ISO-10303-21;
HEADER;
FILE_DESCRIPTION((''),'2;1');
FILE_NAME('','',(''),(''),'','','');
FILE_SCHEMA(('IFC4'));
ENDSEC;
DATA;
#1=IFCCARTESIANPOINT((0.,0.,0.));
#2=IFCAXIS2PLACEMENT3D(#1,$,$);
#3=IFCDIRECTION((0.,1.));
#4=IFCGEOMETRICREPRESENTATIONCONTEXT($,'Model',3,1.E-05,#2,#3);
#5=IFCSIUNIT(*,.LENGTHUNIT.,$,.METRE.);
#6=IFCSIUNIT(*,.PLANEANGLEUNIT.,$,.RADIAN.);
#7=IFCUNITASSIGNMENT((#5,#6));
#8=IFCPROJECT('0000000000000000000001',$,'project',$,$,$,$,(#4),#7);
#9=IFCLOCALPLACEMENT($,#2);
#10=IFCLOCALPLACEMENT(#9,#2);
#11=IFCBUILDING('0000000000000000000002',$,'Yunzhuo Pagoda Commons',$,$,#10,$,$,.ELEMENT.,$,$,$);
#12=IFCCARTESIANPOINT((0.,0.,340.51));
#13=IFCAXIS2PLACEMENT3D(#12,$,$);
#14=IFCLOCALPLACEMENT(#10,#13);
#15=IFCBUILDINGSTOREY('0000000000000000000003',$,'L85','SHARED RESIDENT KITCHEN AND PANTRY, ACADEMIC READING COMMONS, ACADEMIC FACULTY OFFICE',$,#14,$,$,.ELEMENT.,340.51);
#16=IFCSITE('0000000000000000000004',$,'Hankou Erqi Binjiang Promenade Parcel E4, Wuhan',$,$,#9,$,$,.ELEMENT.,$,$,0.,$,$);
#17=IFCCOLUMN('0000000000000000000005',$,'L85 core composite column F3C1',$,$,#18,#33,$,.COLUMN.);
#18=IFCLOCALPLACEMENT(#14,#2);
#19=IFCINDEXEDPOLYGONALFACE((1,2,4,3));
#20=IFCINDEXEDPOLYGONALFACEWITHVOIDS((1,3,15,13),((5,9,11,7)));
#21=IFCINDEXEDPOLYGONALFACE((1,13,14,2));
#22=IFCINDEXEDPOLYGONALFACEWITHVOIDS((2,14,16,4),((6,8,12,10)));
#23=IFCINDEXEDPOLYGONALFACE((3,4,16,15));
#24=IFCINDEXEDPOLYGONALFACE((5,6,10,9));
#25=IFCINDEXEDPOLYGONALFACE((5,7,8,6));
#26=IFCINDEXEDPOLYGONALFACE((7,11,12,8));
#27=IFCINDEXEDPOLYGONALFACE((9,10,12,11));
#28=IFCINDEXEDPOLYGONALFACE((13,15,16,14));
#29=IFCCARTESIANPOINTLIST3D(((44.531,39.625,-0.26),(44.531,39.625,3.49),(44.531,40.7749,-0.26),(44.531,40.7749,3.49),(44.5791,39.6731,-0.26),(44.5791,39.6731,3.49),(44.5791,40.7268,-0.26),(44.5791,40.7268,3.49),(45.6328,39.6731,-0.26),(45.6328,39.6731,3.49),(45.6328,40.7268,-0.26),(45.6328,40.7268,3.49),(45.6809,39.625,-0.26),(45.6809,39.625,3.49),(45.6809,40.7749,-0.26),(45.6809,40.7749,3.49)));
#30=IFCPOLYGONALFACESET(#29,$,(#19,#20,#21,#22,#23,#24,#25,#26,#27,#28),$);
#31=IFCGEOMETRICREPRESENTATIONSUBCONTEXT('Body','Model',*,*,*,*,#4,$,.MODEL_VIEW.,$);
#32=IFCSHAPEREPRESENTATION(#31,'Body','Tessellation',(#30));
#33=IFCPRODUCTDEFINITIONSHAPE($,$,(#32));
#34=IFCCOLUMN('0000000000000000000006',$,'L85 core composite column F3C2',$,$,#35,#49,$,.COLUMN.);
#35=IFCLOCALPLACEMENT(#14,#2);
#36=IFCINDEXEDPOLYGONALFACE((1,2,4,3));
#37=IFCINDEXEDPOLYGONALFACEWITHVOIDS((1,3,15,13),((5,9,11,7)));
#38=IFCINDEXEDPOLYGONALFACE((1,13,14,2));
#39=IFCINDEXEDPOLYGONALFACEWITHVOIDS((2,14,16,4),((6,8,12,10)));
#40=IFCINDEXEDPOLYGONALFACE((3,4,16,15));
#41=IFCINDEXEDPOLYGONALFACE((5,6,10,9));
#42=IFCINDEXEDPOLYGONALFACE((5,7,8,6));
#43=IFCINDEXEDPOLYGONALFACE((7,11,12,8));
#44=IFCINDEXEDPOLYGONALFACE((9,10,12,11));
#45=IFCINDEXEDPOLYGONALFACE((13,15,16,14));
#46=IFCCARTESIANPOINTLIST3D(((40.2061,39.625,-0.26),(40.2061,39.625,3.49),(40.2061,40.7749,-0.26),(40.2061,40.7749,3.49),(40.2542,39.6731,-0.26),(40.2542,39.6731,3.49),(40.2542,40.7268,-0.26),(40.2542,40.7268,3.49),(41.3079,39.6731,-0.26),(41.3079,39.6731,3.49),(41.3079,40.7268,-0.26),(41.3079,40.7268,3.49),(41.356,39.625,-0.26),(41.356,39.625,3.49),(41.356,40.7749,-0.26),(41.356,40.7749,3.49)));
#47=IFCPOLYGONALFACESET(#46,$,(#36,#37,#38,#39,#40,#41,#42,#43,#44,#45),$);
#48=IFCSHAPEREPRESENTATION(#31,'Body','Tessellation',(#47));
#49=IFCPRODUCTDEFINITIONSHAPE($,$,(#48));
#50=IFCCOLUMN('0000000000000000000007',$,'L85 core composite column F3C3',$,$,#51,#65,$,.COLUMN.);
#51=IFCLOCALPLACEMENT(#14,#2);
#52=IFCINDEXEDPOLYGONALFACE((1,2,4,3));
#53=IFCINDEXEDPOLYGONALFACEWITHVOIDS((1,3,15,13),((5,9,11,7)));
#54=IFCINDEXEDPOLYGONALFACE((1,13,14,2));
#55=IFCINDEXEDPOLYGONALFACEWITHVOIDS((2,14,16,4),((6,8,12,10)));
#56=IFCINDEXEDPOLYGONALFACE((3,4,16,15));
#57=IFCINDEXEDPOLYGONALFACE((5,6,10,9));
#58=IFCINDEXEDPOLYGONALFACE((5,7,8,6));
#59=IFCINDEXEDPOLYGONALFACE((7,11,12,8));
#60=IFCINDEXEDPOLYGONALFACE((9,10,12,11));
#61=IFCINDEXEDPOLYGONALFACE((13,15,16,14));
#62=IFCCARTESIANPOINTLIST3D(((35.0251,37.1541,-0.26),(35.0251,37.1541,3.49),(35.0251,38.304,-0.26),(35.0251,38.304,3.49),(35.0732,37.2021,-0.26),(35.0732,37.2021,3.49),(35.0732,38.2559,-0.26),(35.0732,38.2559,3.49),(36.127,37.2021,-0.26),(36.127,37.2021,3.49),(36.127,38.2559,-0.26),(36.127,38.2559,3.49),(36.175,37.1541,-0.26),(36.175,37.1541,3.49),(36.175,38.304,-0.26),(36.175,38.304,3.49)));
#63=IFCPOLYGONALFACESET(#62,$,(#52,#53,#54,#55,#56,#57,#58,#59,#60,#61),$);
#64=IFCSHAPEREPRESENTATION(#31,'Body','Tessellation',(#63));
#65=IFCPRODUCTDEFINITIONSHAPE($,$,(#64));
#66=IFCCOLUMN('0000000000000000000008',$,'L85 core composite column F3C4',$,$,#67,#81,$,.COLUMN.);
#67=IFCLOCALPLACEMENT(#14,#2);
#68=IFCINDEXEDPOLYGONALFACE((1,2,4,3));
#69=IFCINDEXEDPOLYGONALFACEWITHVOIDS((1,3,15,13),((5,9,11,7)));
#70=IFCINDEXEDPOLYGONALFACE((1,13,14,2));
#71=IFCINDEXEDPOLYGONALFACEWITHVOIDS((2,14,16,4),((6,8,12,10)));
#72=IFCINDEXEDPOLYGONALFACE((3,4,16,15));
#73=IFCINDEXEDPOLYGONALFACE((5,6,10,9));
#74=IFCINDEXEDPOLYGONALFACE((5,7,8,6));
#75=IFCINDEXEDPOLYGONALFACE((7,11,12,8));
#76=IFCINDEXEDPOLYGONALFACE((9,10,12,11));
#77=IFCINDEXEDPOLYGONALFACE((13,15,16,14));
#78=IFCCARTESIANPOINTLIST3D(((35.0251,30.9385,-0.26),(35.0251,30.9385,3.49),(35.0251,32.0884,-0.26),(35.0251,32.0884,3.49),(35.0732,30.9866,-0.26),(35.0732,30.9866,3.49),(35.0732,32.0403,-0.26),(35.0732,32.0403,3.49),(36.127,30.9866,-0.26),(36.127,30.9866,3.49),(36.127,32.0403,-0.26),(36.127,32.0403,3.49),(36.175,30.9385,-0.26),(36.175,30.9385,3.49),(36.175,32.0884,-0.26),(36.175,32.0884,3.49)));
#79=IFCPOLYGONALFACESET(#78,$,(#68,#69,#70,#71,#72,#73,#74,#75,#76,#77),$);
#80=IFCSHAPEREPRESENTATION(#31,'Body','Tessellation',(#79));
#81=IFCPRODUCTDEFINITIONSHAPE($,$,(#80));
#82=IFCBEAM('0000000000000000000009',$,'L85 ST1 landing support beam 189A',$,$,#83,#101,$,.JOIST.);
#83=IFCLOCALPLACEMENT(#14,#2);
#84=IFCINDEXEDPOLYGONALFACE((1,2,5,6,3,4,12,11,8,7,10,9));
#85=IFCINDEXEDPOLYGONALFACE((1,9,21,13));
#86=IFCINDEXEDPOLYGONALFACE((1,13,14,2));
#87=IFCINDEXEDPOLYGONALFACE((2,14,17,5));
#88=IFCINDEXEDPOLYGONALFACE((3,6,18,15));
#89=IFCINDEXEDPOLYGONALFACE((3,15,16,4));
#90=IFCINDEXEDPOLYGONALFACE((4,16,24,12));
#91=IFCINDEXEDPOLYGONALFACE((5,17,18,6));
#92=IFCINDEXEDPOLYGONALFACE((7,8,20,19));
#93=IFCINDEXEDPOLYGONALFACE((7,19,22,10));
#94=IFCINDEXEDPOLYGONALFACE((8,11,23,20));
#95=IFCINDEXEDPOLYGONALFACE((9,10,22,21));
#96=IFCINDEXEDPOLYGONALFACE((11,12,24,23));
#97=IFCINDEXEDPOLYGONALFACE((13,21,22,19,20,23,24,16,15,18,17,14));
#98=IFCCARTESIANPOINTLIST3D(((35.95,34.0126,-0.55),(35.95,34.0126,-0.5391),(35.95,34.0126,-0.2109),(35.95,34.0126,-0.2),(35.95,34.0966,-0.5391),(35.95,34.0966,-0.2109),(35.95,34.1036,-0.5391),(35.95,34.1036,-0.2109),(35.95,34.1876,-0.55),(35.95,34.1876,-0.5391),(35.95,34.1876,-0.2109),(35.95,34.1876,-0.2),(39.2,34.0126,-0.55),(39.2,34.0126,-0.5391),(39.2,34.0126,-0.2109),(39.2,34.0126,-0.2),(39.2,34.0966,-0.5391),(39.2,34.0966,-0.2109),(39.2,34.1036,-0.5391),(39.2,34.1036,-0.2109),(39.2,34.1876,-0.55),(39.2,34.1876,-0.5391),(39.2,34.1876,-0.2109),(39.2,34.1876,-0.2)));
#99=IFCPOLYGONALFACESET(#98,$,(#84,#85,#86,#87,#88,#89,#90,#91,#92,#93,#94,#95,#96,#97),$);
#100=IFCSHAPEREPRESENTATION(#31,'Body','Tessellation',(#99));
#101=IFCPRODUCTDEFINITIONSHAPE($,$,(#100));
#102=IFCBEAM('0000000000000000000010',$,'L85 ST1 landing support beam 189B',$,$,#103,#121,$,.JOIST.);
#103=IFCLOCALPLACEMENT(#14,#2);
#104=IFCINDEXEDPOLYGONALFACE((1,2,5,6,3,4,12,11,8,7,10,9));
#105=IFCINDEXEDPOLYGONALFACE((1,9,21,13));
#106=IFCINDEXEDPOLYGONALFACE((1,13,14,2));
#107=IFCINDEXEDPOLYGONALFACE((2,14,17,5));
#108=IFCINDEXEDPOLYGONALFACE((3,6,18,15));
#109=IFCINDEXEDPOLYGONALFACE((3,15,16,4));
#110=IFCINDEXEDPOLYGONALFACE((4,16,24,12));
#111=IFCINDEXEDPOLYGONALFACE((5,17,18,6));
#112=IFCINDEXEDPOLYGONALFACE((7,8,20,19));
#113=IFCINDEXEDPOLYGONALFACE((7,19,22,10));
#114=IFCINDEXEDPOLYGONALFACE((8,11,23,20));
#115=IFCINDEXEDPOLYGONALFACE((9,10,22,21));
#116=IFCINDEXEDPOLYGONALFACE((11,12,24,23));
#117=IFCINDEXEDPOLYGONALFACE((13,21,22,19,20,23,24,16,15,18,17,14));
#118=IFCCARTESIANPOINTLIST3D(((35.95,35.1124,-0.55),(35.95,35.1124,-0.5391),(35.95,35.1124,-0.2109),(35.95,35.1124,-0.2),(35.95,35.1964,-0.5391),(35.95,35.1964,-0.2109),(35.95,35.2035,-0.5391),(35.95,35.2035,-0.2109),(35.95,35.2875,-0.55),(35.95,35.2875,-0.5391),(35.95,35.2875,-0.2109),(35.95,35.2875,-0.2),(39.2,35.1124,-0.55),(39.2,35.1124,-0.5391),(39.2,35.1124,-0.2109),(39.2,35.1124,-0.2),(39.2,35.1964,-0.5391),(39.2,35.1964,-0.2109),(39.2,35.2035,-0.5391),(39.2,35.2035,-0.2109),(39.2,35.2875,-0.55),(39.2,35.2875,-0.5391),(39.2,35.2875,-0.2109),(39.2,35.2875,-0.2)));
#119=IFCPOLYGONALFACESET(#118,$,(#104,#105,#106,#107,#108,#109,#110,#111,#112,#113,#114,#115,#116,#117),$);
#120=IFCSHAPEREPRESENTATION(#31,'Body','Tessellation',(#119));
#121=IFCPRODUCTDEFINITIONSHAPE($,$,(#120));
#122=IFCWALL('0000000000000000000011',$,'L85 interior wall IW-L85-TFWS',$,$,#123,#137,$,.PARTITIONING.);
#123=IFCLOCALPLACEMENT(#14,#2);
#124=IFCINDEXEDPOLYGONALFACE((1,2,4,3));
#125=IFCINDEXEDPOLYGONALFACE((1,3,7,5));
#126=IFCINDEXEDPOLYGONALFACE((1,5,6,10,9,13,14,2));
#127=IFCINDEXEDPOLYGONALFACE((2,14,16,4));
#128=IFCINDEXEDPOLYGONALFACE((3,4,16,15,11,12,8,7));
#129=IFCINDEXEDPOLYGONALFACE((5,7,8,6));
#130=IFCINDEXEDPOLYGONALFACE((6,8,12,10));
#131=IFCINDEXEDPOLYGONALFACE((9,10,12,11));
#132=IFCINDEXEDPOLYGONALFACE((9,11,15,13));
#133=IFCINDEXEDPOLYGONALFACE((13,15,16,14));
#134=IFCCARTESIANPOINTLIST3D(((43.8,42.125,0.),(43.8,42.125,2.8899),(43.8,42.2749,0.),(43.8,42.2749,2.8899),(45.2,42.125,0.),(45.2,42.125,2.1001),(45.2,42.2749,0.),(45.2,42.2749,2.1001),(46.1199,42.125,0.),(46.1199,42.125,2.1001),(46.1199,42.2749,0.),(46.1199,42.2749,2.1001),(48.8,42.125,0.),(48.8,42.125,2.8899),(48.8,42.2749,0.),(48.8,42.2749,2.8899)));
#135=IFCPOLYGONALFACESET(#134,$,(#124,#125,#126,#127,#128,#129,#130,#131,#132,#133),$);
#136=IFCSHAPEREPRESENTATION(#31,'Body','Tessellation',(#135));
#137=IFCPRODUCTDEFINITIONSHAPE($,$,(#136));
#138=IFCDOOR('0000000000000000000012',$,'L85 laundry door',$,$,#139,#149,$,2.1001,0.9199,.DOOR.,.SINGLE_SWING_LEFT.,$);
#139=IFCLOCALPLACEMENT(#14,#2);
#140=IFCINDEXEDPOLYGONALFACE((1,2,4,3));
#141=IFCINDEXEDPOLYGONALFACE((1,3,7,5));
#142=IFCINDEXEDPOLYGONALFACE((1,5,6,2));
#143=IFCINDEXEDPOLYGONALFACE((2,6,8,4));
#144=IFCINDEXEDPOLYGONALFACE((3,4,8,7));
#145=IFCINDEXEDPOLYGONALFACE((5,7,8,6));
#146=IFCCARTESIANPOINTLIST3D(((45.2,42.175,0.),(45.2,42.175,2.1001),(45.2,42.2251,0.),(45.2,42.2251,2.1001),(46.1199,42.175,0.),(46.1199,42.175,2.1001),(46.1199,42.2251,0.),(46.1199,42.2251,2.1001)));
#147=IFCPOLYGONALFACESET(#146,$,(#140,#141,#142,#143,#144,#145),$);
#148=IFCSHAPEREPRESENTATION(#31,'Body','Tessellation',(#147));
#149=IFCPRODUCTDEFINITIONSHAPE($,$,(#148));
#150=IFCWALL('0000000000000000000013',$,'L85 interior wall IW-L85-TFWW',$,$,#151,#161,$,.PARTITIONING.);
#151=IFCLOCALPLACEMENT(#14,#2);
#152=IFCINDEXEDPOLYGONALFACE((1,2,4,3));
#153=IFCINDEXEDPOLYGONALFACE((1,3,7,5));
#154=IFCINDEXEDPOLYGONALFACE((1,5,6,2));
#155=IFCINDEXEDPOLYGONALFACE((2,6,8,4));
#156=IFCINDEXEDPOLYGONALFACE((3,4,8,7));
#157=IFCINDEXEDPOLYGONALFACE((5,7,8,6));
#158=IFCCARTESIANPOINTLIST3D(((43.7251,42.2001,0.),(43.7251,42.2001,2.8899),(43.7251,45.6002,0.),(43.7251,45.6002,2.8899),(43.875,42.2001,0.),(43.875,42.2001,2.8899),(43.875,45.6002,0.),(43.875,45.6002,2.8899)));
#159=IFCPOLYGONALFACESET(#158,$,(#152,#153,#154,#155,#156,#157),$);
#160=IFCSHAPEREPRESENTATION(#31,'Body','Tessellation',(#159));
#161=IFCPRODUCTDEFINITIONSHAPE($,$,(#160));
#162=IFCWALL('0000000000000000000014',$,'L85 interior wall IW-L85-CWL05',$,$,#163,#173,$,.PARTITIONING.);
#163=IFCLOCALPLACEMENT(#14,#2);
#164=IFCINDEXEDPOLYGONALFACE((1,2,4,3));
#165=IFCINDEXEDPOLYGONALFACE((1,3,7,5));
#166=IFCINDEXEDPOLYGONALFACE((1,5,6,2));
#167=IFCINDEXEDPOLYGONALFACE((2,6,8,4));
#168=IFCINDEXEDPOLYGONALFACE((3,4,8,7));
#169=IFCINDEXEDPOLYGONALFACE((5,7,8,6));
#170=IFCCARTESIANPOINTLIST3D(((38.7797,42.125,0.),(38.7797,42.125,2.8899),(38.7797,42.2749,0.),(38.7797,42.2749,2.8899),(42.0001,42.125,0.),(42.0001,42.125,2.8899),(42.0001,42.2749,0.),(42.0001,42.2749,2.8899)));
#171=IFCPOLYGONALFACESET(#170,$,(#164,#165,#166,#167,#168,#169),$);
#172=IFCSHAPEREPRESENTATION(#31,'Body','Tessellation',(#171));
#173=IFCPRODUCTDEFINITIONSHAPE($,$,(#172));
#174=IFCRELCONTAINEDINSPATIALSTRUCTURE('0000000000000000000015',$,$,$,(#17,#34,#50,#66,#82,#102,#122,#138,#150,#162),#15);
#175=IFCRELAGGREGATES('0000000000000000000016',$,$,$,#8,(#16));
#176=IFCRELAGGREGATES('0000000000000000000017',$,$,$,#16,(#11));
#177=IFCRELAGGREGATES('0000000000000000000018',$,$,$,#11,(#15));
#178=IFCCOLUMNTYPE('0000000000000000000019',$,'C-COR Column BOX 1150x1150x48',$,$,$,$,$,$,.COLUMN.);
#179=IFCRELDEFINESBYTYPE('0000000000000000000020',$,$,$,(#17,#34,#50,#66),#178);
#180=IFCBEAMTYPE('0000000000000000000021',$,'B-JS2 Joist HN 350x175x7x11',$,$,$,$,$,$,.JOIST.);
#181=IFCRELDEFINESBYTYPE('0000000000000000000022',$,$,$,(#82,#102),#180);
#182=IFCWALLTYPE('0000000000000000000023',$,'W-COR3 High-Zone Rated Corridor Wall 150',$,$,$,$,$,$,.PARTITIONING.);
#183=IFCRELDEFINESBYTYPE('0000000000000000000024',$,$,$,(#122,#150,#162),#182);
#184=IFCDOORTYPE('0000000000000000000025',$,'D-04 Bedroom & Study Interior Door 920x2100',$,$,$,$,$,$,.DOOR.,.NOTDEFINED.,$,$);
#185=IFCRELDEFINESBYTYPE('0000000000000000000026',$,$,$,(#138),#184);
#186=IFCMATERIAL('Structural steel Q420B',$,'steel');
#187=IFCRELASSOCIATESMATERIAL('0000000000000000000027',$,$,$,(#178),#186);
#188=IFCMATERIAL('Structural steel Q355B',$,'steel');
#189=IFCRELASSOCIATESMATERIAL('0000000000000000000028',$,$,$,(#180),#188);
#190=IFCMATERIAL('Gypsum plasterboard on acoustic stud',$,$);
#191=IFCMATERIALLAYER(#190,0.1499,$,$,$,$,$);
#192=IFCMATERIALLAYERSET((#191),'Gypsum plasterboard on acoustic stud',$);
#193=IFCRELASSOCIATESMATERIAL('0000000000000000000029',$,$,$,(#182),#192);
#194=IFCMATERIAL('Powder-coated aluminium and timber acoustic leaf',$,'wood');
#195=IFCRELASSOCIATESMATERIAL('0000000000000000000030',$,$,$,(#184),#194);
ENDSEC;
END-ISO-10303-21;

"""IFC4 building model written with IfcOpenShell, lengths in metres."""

from ifc_helpers import new_model, si_unit, direction, frame, frame_2d, origin, origin_2d, place, context, subcontext, project, spatial, rectangle, hollow_rectangle, i_section, extrude, source, transform, mapped, material, layer, layer_set, material_profile, profile_set, type_object, element, fill, save


model = new_model("IFC4")

# Units and contexts
model_context = context("Model", 3, precision=1e-05, world=origin(), true_north=direction((0.0, 1.0)))
body_context = subcontext(model_context, "Body", "Model", "MODEL_VIEW")
ifc_project = project(units=[si_unit("LENGTHUNIT", "METRE"), si_unit("PLANEANGLEUNIT", "RADIAN")], contexts=[model_context])

# Site, building, storey
site_placement = place(None, origin())
site = spatial("IfcSite", under=ifc_project, at=site_placement, Name="Hankou Erqi Binjiang Promenade Parcel E4, Wuhan", CompositionType="ELEMENT", RefElevation=0.0)
building_placement = place(site_placement, origin())
building = spatial("IfcBuilding", under=site, at=building_placement, Name="Yunzhuo Pagoda Commons", CompositionType="ELEMENT")
storey_placement = place(building_placement, frame((0.0, 0.0, 340.51)))
storey = spatial("IfcBuildingStorey", under=building, at=storey_placement, Name="L85", Description="SHARED RESIDENT KITCHEN AND PANTRY, ACADEMIC READING COMMONS, ACADEMIC FACULTY OFFICE", CompositionType="ELEMENT", Elevation=340.51)

# Columns
ifc_material_1 = material(Name="Structural steel Q420B", Category="steel")
ifc_material_profile_1 = material_profile(ifc_material_1, hollow_rectangle(XDim=1.1499, YDim=1.1499, WallThickness=0.0481, at=origin_2d()), Name="Structural steel Q420B")
ifc_profile_set_1 = profile_set([ifc_material_profile_1], Name="Structural steel Q420B")
column_type = type_object("IfcColumnType", Name="C-COR Column BOX 1150x1150x48", PredefinedType="COLUMN", material=ifc_profile_set_1)
shared_shape_1 = source(origin(), body_context, "Body", "SweptSolid", [
    extrude(hollow_rectangle(XDim=1.1499, YDim=1.1499, WallThickness=0.0481, at=origin_2d()), origin(), (0.0, 0.0, 1.0), 3.75),
])
for number, where, z_axis, x_axis, name in (
    (1, (45.106, 40.2, -0.26), (0.0, 0.0, 1.0), (1.0, 0.0, 0.0), "L85 core composite column F3C1"),
    (2, (40.781, 40.2, -0.26), (0.0, 0.0, 1.0), (1.0, 0.0, 0.0), "L85 core composite column F3C2"),
    (3, (35.6001, 37.729, -0.26), (0.0, 0.0, 1.0), (1.0, 0.0, 0.0), "L85 core composite column F3C3"),
    (4, (35.6001, 31.5134, -0.26), (0.0, 0.0, 1.0), (1.0, 0.0, 0.0), "L85 core composite column F3C4"),
):
    element("IfcColumn", number, at=place(storey_placement, frame(where, z_axis=z_axis, x_axis=x_axis)), inside=storey, type_object=column_type, Name=name, PredefinedType="COLUMN", context=body_context, shape_type="MappedRepresentation", body=[
        mapped(shared_shape_1, transform((0.0, 0.0, 0.0), scale=1.0)),
    ])

# Beams
ifc_material_2 = material(Name="Structural steel Q355B", Category="steel")
ifc_material_profile_2 = material_profile(ifc_material_2, i_section(OverallWidth=0.175, OverallDepth=0.3501, WebThickness=0.0071, FlangeThickness=0.011, at=origin_2d()), Name="Structural steel Q355B")
ifc_profile_set_2 = profile_set([ifc_material_profile_2], Name="Structural steel Q355B")
beam_type = type_object("IfcBeamType", Name="B-JS2 Joist HN 350x175x7x11", PredefinedType="JOIST", material=ifc_profile_set_2)
shared_shape_2 = source(origin(), body_context, "Body", "SweptSolid", [
    extrude(i_section(OverallWidth=0.175, OverallDepth=0.3501, WebThickness=0.0071, FlangeThickness=0.011, at=origin_2d()), origin(), (0.0, 0.0, 1.0), 3.25),
])
for number, where, z_axis, x_axis, name in (
    (5, (35.95, 34.1001, -0.375), (1.0, 0.0, 0.0), (0.0, 1.0, 0.0), "L85 ST1 landing support beam 189A"),
    (6, (35.95, 35.2, -0.375), (1.0, 0.0, 0.0), (0.0, 1.0, 0.0), "L85 ST1 landing support beam 189B"),
):
    element("IfcBeam", number, at=place(storey_placement, frame(where, z_axis=z_axis, x_axis=x_axis)), inside=storey, type_object=beam_type, Name=name, PredefinedType="JOIST", context=body_context, shape_type="MappedRepresentation", body=[
        mapped(shared_shape_2, transform((0.0, 0.0, 0.0), scale=1.0)),
    ])

# Wall, opening, door
ifc_material_3 = material(Name="Gypsum plasterboard on acoustic stud")
ifc_layer_1 = layer(ifc_material_3, 0.1499)
ifc_layer_set_1 = layer_set([ifc_layer_1], Name="Gypsum plasterboard on acoustic stud")
wall_type_1 = type_object("IfcWallType", Name="W-COR3 High-Zone Rated Corridor Wall 150", PredefinedType="PARTITIONING", material=ifc_layer_set_1)
wall_1_placement = place(storey_placement, frame((43.8, 42.2, 0.0), z_axis=(0.0, 0.0, 1.0), x_axis=(1.0, 0.0, 0.0)))
wall_1 = element("IfcWall", 7, at=wall_1_placement, inside=storey, type_object=wall_type_1, Name="L85 interior wall IW-L85-TFWS", PredefinedType="PARTITIONING", context=body_context, shape_type="SweptSolid", body=[
    extrude(rectangle(XDim=5.0, YDim=0.1499, at=frame_2d((2.5, 0.0))), origin(), (0.0, 0.0, 1.0), 2.8899),
])
opening_1_placement = place(wall_1_placement, frame((1.3999, 0.0, 0.0)))
opening_1 = element("IfcOpeningElement", 8, at=opening_1_placement, cuts=wall_1, PredefinedType="OPENING", context=body_context, shape_type="SweptSolid", body=[
    extrude(rectangle(XDim=0.9199, YDim=2.1001, at=frame_2d((0.46, 1.05))), frame((0.0, 0.085, 0.0), z_axis=(0.0, -1.0, 0.0), x_axis=(1.0, 0.0, 0.0)), (0.0, 0.0, 1.0), 0.1699),
])
ifc_material_4 = material(Name="Powder-coated aluminium and timber acoustic leaf", Category="wood")
door_type_1 = type_object("IfcDoorType", Name="D-04 Bedroom & Study Interior Door 920x2100", OperationType="NOTDEFINED", PredefinedType="DOOR", material=ifc_material_4)
shared_shape_3 = source(origin(), body_context, "Body", "SweptSolid", [
    extrude(rectangle(XDim=0.9199, YDim=2.1001, at=frame_2d((0.46, 1.05))), frame((0.0, 0.0249, 0.0), z_axis=(0.0, -1.0, 0.0), x_axis=(1.0, 0.0, 0.0)), (0.0, 0.0, 1.0), 0.05),
])
door_1_placement = place(opening_1_placement, frame((0.9199, 0.0, 0.0), z_axis=(0.0, 0.0, 1.0), x_axis=(-1.0, 0.0, 0.0)))
door_1 = element("IfcDoor", 9, at=door_1_placement, inside=storey, type_object=door_type_1, Name="L85 laundry door", OperationType="SINGLE_SWING_LEFT", OverallHeight=2.1001, OverallWidth=0.9199, PredefinedType="DOOR", context=body_context, shape_type="MappedRepresentation", body=[
    mapped(shared_shape_3, transform((0.0, 0.0, 0.0), scale=1.0)),
])
fill(opening_1, door_1)

# Walls
wall_2_placement = place(storey_placement, frame((43.8, 42.2, 0.0), z_axis=(0.0, 0.0, 1.0), x_axis=(0.0, 1.0, 0.0)))
element("IfcWall", 10, at=wall_2_placement, inside=storey, type_object=wall_type_1, Name="L85 interior wall IW-L85-TFWW", PredefinedType="PARTITIONING", context=body_context, shape_type="SweptSolid", body=[
    extrude(rectangle(XDim=3.4001, YDim=0.1499, at=frame_2d((1.7002, 0.0))), origin(), (0.0, 0.0, 1.0), 2.8899),
])
wall_3_placement = place(storey_placement, frame((38.7795, 42.2, 0.0), z_axis=(0.0, 0.0, 1.0), x_axis=(1.0, 0.0, 0.0)))
element("IfcWall", 11, at=wall_3_placement, inside=storey, type_object=wall_type_1, Name="L85 interior wall IW-L85-CWL05", PredefinedType="PARTITIONING", context=body_context, shape_type="SweptSolid", body=[
    extrude(rectangle(XDim=3.2205, YDim=0.1499, at=frame_2d((1.6104, 0.0))), origin(), (0.0, 0.0, 1.0), 2.8899),
])

save(model, "model.ifc")
